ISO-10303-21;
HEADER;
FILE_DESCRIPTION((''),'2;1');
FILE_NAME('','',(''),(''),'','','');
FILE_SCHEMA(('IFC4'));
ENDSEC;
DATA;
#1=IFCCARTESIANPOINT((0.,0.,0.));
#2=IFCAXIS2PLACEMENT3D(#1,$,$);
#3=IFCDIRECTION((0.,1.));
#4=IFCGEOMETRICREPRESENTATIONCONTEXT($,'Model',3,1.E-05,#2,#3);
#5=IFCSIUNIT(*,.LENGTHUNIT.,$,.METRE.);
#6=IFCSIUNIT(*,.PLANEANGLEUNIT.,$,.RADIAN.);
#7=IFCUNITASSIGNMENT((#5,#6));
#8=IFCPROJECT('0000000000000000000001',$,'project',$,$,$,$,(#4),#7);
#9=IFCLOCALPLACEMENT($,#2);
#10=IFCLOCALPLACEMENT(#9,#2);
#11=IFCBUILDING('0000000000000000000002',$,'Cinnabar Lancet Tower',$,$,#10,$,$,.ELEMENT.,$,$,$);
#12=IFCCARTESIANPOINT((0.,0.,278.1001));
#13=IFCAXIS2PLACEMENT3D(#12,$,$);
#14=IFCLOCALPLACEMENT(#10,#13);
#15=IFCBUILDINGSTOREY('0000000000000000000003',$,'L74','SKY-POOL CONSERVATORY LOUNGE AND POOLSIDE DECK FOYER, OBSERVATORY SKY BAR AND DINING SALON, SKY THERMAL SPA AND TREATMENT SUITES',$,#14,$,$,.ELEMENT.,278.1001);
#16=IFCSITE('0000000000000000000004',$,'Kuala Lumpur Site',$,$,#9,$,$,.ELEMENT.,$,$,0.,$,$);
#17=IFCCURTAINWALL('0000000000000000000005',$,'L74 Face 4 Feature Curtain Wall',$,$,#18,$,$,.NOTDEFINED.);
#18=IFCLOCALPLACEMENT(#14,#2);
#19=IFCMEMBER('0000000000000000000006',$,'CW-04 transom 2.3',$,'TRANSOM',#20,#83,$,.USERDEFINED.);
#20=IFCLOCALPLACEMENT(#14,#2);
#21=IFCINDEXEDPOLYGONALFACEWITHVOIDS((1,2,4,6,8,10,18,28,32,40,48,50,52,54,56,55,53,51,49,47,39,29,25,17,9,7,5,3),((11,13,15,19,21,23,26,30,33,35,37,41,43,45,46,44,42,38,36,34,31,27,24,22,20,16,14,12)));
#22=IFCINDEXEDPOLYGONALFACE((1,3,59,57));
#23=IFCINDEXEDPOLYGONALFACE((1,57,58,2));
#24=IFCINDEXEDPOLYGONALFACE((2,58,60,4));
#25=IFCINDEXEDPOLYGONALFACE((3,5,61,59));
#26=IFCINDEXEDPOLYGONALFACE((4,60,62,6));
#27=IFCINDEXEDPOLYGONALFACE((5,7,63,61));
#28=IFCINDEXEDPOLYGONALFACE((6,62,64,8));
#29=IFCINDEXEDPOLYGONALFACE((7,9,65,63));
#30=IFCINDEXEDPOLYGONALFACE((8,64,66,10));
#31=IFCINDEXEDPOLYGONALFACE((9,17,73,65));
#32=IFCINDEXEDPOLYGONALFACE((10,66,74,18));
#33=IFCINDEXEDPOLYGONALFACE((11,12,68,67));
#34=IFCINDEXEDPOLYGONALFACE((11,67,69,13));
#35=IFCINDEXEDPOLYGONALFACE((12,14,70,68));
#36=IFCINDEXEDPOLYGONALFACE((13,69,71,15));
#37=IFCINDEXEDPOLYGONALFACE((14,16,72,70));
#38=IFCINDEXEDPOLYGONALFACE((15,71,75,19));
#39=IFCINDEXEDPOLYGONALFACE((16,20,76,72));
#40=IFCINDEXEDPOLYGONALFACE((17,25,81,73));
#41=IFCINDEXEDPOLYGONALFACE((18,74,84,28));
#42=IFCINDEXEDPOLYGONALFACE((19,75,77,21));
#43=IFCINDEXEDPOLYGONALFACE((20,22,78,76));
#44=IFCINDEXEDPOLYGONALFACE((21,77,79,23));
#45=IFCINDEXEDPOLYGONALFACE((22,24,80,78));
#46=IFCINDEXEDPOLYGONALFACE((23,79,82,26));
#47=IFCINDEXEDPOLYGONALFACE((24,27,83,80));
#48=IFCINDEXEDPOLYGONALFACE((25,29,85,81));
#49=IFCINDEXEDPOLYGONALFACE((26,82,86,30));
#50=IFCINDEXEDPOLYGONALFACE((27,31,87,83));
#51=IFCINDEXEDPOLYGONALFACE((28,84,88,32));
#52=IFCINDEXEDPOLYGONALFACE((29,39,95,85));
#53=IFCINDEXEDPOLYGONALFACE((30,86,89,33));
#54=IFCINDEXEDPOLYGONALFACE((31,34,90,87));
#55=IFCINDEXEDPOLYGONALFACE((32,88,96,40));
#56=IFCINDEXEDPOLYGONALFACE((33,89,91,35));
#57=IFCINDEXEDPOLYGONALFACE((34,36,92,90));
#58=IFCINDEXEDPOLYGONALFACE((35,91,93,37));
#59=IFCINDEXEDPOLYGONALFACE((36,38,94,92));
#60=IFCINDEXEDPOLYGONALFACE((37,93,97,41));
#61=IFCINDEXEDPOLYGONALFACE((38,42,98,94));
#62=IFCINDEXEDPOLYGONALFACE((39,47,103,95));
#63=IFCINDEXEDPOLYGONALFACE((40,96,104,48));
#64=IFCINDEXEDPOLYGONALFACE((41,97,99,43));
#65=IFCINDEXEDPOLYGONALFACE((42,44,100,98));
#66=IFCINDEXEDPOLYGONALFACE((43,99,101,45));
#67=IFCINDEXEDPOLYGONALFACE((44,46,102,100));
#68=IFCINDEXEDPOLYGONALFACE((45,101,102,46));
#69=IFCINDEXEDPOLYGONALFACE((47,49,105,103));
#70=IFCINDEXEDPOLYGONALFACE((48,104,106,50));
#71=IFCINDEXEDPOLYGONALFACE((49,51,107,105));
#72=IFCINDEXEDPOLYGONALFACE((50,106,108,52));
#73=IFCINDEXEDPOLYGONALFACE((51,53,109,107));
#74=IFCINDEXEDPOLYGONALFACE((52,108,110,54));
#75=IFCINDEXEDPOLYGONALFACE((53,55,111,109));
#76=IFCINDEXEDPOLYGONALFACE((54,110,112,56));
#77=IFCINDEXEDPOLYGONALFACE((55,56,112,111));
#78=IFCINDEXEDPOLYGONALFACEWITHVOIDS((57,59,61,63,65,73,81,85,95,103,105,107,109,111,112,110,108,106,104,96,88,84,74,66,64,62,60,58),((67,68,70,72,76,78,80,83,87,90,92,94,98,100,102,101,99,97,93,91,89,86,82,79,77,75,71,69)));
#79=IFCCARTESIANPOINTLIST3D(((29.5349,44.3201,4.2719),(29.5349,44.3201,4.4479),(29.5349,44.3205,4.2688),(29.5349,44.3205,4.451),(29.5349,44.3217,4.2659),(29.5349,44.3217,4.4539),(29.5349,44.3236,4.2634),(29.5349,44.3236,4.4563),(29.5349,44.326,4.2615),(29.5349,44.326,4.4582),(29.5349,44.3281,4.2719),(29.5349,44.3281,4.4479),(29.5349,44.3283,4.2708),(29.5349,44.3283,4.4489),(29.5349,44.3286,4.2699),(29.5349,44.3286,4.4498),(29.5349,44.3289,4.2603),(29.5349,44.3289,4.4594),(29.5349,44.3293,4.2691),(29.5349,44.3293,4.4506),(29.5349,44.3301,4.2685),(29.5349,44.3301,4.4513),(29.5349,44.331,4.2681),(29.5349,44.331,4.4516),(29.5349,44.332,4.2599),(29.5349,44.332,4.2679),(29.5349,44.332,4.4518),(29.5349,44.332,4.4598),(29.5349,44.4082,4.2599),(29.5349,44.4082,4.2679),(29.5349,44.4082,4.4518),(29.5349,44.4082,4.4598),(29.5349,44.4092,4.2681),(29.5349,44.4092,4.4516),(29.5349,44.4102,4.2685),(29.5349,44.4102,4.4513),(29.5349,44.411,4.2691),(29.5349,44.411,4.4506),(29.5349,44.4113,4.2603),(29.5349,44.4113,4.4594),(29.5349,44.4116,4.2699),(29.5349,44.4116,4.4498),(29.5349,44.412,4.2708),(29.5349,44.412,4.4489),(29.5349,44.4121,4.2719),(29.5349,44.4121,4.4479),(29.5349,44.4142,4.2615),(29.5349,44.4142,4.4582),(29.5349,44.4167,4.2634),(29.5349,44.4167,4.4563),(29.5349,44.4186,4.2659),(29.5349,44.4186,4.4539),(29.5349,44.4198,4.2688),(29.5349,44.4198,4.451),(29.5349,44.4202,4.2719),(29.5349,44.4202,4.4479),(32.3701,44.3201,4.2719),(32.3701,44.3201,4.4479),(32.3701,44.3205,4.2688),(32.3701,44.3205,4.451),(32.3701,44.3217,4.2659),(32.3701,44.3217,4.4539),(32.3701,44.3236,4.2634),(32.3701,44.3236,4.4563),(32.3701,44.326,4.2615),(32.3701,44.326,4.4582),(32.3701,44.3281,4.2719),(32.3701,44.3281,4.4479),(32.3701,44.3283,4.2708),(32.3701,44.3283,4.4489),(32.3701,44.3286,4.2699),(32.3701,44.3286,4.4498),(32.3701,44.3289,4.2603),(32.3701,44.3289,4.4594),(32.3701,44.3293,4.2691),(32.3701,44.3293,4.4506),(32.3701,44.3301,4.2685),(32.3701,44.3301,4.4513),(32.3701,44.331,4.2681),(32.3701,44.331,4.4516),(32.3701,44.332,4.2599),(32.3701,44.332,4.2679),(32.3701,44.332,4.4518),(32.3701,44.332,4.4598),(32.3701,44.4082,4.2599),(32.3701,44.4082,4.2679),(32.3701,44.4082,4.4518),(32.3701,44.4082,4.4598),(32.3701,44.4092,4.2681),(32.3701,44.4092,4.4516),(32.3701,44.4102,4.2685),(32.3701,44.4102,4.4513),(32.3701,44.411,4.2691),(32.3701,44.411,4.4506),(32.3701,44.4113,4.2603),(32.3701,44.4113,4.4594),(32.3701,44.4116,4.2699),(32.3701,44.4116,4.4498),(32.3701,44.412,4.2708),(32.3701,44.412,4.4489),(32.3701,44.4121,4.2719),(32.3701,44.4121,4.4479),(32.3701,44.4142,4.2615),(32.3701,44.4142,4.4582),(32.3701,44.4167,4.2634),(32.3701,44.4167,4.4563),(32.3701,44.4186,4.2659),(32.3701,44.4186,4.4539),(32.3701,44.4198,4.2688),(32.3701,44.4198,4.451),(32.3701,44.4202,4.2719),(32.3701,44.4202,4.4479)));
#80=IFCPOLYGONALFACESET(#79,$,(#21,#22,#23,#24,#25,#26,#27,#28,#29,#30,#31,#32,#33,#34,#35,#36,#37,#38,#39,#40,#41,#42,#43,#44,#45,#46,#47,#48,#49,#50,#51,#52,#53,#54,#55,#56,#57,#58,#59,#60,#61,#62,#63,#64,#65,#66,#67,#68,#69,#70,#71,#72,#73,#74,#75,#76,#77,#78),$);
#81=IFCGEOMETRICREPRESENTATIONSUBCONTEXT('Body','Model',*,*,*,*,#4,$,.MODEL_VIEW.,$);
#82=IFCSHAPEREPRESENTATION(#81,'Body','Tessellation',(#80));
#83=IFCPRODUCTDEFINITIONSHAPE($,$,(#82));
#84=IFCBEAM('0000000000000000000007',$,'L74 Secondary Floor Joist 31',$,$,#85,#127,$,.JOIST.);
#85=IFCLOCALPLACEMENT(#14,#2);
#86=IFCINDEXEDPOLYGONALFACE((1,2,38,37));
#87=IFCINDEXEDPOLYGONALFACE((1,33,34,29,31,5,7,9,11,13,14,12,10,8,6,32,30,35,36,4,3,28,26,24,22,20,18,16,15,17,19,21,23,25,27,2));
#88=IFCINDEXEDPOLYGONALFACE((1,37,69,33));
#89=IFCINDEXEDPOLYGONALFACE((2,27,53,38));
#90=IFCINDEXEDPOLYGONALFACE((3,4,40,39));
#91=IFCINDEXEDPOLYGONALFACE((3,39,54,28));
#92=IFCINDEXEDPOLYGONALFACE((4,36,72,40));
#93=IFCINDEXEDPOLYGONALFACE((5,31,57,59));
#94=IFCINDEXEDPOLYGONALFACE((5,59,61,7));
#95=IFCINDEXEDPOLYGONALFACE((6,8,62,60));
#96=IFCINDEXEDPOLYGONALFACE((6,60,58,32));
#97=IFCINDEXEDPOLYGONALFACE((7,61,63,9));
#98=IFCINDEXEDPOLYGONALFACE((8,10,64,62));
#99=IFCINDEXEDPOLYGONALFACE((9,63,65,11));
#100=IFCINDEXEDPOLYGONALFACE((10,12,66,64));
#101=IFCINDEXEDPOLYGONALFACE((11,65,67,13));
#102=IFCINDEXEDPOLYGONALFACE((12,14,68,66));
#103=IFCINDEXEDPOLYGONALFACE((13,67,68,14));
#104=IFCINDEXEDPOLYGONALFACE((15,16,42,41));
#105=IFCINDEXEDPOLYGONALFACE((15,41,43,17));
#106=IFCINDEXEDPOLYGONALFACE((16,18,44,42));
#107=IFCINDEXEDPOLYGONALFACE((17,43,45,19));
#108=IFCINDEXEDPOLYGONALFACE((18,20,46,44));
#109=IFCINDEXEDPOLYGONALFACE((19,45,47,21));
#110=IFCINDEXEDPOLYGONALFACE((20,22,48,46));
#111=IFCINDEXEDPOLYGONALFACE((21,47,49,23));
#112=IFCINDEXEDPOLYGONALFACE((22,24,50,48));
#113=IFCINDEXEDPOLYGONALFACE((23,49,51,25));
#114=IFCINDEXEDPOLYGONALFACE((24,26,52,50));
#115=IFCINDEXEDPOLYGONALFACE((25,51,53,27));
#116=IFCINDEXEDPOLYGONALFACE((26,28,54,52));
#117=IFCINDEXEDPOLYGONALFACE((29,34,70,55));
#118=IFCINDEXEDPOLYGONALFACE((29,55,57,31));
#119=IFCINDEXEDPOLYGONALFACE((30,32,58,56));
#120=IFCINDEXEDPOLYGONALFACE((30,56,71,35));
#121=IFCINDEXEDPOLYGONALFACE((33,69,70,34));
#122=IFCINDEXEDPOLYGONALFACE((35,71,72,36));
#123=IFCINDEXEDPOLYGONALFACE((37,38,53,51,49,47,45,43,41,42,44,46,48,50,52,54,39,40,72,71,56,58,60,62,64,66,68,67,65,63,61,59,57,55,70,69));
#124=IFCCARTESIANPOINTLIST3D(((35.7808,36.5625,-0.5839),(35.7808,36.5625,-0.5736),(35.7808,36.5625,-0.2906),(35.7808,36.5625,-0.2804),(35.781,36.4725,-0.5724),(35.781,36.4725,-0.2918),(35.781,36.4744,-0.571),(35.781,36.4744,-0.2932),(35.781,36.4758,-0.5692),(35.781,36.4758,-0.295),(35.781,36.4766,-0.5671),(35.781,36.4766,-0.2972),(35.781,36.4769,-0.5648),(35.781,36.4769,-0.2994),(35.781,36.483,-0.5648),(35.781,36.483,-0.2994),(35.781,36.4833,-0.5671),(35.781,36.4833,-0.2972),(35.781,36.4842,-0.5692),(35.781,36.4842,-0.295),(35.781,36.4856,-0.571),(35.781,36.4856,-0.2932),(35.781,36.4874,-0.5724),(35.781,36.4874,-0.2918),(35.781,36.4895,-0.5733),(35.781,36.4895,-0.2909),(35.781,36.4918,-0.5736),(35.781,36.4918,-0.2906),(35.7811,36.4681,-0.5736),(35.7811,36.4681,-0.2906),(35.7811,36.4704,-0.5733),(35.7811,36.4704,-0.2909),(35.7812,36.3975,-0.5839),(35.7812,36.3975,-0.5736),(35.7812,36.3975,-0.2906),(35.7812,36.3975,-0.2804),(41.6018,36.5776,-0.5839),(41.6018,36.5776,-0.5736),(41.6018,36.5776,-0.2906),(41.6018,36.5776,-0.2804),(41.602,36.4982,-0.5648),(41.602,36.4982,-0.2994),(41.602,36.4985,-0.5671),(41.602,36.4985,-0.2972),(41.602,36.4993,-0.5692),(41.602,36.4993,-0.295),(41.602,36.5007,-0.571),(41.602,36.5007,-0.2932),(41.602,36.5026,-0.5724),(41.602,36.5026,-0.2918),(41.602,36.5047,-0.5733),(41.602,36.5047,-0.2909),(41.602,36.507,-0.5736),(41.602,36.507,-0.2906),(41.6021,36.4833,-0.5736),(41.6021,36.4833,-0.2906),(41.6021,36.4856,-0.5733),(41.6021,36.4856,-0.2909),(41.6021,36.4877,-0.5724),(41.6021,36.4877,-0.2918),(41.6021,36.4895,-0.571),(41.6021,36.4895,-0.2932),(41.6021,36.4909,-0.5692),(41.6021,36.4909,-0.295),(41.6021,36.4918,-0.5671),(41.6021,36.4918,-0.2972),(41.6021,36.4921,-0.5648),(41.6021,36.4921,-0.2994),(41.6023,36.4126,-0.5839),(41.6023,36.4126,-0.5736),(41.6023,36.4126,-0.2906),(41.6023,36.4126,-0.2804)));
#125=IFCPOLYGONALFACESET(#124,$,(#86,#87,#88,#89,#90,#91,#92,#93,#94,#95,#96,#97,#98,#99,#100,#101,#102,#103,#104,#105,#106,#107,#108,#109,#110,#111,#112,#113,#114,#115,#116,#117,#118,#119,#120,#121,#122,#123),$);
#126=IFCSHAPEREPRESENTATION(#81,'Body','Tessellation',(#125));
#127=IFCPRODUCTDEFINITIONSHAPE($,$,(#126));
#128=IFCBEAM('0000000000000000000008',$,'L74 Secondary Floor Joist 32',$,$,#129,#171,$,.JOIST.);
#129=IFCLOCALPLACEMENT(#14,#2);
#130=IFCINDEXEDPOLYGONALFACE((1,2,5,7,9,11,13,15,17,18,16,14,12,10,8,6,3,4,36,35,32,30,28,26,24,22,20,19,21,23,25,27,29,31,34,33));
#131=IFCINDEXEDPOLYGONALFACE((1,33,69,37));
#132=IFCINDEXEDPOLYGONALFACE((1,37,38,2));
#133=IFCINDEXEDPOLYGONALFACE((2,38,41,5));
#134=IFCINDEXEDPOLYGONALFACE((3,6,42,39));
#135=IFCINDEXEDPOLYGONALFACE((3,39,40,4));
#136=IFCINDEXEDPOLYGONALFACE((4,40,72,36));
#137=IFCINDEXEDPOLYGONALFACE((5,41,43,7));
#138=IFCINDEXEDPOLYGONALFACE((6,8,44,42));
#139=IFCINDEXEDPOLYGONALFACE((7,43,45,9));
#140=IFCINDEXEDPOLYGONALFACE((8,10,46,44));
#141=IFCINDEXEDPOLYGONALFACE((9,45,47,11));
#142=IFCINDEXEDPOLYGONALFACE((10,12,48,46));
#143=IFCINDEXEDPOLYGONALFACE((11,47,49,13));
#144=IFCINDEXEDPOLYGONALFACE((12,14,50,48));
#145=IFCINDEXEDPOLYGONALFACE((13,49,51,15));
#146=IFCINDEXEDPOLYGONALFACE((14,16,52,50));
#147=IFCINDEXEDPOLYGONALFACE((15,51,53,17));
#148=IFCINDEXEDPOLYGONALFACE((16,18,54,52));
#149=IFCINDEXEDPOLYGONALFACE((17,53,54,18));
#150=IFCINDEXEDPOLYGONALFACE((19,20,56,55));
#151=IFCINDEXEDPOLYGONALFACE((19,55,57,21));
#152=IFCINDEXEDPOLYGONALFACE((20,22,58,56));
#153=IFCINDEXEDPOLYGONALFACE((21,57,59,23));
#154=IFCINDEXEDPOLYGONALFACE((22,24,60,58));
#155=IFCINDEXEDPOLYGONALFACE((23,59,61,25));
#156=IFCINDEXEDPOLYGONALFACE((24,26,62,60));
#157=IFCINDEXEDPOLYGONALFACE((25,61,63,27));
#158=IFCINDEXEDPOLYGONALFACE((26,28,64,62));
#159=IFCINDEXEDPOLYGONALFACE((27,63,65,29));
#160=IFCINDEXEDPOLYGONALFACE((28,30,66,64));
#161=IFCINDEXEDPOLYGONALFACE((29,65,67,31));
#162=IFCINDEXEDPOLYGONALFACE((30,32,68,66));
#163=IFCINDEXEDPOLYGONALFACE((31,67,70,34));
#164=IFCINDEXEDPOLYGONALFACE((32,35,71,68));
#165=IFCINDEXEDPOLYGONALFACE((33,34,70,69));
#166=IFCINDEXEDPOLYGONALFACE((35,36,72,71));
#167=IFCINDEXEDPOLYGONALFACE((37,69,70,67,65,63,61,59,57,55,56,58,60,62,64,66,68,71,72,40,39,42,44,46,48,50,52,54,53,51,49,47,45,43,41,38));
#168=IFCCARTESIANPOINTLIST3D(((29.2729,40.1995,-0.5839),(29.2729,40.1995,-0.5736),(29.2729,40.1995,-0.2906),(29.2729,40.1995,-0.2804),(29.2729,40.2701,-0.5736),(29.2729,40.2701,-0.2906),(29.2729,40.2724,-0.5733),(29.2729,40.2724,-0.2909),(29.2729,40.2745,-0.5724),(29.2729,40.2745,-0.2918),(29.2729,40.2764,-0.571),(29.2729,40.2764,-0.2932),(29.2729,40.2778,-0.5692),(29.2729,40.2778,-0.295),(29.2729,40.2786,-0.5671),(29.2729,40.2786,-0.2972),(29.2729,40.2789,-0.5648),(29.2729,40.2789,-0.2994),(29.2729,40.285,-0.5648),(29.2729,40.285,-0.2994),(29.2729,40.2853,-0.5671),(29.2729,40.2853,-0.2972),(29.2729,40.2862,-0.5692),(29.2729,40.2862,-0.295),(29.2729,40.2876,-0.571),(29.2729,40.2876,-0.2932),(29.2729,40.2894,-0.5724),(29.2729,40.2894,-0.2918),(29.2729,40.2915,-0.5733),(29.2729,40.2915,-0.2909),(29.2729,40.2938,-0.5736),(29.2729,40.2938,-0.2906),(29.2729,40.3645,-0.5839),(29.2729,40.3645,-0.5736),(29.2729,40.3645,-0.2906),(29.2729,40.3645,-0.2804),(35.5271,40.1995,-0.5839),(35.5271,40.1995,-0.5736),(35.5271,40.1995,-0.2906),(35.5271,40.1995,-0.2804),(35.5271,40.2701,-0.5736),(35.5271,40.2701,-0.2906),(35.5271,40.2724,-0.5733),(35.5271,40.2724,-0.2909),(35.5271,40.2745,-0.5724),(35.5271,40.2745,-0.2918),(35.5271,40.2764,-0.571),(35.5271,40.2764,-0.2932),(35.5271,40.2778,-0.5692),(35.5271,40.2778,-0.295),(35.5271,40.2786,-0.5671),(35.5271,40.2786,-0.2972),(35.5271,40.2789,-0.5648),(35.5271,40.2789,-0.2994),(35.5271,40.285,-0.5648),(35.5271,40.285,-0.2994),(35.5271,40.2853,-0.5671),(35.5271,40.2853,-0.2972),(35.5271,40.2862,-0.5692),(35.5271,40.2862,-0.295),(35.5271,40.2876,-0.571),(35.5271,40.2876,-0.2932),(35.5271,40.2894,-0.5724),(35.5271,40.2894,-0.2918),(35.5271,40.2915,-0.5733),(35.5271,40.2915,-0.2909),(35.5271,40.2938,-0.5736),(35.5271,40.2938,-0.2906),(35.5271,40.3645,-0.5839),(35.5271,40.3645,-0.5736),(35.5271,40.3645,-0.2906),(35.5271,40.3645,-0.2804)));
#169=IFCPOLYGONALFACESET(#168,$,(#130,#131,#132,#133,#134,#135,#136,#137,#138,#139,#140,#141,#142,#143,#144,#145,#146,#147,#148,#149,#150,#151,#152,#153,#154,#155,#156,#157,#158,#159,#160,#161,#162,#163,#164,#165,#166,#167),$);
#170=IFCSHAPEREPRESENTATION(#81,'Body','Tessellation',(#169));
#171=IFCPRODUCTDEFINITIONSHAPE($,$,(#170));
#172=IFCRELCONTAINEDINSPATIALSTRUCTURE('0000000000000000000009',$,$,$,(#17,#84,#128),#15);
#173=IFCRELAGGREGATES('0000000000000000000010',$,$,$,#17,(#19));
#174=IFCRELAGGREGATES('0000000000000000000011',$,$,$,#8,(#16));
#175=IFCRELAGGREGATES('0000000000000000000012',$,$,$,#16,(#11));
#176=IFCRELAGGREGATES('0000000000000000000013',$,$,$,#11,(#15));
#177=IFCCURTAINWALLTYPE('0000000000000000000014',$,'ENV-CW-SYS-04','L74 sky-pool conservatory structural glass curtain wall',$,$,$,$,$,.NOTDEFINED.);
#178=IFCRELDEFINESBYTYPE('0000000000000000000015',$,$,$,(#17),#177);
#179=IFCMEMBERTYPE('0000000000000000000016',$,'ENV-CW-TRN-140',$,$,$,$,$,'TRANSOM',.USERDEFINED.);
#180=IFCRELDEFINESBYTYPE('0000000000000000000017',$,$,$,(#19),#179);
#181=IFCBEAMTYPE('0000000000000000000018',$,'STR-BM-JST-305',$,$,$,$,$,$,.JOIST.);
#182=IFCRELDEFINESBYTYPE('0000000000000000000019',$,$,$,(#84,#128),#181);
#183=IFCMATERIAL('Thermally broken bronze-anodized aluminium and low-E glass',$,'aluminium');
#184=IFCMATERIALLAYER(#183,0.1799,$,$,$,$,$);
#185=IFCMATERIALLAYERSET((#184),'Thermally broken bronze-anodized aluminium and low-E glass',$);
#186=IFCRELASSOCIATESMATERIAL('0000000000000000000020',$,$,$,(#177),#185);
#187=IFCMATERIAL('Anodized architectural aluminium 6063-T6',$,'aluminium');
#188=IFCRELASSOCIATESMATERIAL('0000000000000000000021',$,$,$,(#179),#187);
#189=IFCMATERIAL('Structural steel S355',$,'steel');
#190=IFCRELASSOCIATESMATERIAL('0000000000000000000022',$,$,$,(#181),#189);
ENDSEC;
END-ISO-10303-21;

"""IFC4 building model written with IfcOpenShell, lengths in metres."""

from ifc_helpers import new_model, si_unit, direction, frame, origin, origin_2d, place, context, subcontext, project, spatial, hollow_rectangle, i_section, extrude, material, layer, layer_set, material_profile, profile_set, type_object, element, aggregate, save


model = new_model("IFC4")

# Units and contexts
model_context = context("Model", 3, precision=1e-05, world=origin(), true_north=direction((0.0, 1.0)))
body_context = subcontext(model_context, "Body", "Model", "MODEL_VIEW")
ifc_project = project(units=[si_unit("LENGTHUNIT", "METRE"), si_unit("PLANEANGLEUNIT", "RADIAN")], contexts=[model_context])

# Site, building, storey
site_placement = place(None, origin())
site = spatial("IfcSite", under=ifc_project, at=site_placement, Name="Kuala Lumpur Site", CompositionType="ELEMENT", RefElevation=0.0)
building_placement = place(site_placement, origin())
building = spatial("IfcBuilding", under=site, at=building_placement, Name="Cinnabar Lancet Tower", CompositionType="ELEMENT")
storey_placement = place(building_placement, frame((0.0, 0.0, 278.1001)))
storey = spatial("IfcBuildingStorey", under=building, at=storey_placement, Name="L74", Description="SKY-POOL CONSERVATORY LOUNGE AND POOLSIDE DECK FOYER, OBSERVATORY SKY BAR AND DINING SALON, SKY THERMAL SPA AND TREATMENT SUITES", CompositionType="ELEMENT", Elevation=278.1001)

# Curtain wall, member
ifc_material_1 = material(Name="Thermally broken bronze-anodized aluminium and low-E glass", Category="aluminium")
ifc_layer_1 = layer(ifc_material_1, 0.1799)
ifc_layer_set_1 = layer_set([ifc_layer_1], Name="Thermally broken bronze-anodized aluminium and low-E glass")
curtain_wall_type = type_object("IfcCurtainWallType", Name="ENV-CW-SYS-04", Description="L74 sky-pool conservatory structural glass curtain wall", PredefinedType="NOTDEFINED", material=ifc_layer_set_1)
curtain_wall_placement = place(storey_placement, origin())
curtain_wall = element("IfcCurtainWall", 1, at=curtain_wall_placement, inside=storey, type_object=curtain_wall_type, Name="L74 Face 4 Feature Curtain Wall", PredefinedType="NOTDEFINED")
ifc_material_2 = material(Name="Anodized architectural aluminium 6063-T6", Category="aluminium")
ifc_material_profile_1 = material_profile(ifc_material_2, hollow_rectangle(XDim=0.1001, YDim=0.2, WallThickness=0.0081, InnerFilletRadius=0.0039, OuterFilletRadius=0.012, at=origin_2d()), Name="RHS 200x100x8")
ifc_profile_set_1 = profile_set([ifc_material_profile_1], Name="Anodized architectural aluminium 6063-T6")
member_type_1 = type_object("IfcMemberType", Name="ENV-CW-TRN-140", ElementType="TRANSOM", PredefinedType="USERDEFINED", material=ifc_profile_set_1)
member_1_placement = place(storey_placement, frame((32.3701, 44.3701, 4.3599), z_axis=(-1.0, 0.0, 0.0), x_axis=(0.0, -1.0, 0.0)))
member_1 = element("IfcMember", 2, at=member_1_placement, type_object=member_type_1, Name="CW-04 transom 2.3", ObjectType="TRANSOM", PredefinedType="USERDEFINED", context=body_context, shape_type="SweptSolid", body=[
    extrude(hollow_rectangle(XDim=0.1001, YDim=0.2, WallThickness=0.0081, InnerFilletRadius=0.0039, OuterFilletRadius=0.012, at=origin_2d()), origin(), (0.0, 0.0, 1.0), 2.8352),
])

# Beams
ifc_material_3 = material(Name="Structural steel S355", Category="steel")
ifc_material_profile_2 = material_profile(ifc_material_3, i_section(OverallWidth=0.165, OverallDepth=0.3035, WebThickness=0.0061, FlangeThickness=0.0103, FilletRadius=0.0088, at=origin_2d()), Name="UKB 305x165x40")
ifc_profile_set_2 = profile_set([ifc_material_profile_2], Name="Structural steel S355")
beam_type_1 = type_object("IfcBeamType", Name="STR-BM-JST-305", PredefinedType="JOIST", material=ifc_profile_set_2)
beam_1_placement = place(storey_placement, frame((41.6021, 36.4951, -0.4321), z_axis=(-0.999997, -0.0026, 0.0), x_axis=(0.0026, -0.999997, 0.0)))
element("IfcBeam", 3, at=beam_1_placement, inside=storey, type_object=beam_type_1, Name="L74 Secondary Floor Joist 31", PredefinedType="JOIST", context=body_context, shape_type="SweptSolid", body=[
    extrude(i_section(OverallWidth=0.165, OverallDepth=0.3035, WebThickness=0.0061, FlangeThickness=0.0103, FilletRadius=0.0088, at=origin_2d()), origin(), (0.0, 0.0, 1.0), 5.821),
])
for number, where, z_axis, x_axis, name in (
    (4, (35.5271, 40.282, -0.4321), (-1.0, 0.0, 0.0), (0.0, -1.0, 0.0), "L74 Secondary Floor Joist 32"),
):
    element("IfcBeam", number, at=place(storey_placement, frame(where, z_axis=z_axis, x_axis=x_axis)), inside=storey, type_object=beam_type_1, Name=name, PredefinedType="JOIST", context=body_context, shape_type="SweptSolid", body=[
        extrude(i_section(OverallWidth=0.165, OverallDepth=0.3035, WebThickness=0.0061, FlangeThickness=0.0103, FilletRadius=0.0088, at=origin_2d()), origin(), (0.0, 0.0, 1.0), 6.2542),
    ])

aggregate(curtain_wall, [member_1])

save(model, "model.ifc")
